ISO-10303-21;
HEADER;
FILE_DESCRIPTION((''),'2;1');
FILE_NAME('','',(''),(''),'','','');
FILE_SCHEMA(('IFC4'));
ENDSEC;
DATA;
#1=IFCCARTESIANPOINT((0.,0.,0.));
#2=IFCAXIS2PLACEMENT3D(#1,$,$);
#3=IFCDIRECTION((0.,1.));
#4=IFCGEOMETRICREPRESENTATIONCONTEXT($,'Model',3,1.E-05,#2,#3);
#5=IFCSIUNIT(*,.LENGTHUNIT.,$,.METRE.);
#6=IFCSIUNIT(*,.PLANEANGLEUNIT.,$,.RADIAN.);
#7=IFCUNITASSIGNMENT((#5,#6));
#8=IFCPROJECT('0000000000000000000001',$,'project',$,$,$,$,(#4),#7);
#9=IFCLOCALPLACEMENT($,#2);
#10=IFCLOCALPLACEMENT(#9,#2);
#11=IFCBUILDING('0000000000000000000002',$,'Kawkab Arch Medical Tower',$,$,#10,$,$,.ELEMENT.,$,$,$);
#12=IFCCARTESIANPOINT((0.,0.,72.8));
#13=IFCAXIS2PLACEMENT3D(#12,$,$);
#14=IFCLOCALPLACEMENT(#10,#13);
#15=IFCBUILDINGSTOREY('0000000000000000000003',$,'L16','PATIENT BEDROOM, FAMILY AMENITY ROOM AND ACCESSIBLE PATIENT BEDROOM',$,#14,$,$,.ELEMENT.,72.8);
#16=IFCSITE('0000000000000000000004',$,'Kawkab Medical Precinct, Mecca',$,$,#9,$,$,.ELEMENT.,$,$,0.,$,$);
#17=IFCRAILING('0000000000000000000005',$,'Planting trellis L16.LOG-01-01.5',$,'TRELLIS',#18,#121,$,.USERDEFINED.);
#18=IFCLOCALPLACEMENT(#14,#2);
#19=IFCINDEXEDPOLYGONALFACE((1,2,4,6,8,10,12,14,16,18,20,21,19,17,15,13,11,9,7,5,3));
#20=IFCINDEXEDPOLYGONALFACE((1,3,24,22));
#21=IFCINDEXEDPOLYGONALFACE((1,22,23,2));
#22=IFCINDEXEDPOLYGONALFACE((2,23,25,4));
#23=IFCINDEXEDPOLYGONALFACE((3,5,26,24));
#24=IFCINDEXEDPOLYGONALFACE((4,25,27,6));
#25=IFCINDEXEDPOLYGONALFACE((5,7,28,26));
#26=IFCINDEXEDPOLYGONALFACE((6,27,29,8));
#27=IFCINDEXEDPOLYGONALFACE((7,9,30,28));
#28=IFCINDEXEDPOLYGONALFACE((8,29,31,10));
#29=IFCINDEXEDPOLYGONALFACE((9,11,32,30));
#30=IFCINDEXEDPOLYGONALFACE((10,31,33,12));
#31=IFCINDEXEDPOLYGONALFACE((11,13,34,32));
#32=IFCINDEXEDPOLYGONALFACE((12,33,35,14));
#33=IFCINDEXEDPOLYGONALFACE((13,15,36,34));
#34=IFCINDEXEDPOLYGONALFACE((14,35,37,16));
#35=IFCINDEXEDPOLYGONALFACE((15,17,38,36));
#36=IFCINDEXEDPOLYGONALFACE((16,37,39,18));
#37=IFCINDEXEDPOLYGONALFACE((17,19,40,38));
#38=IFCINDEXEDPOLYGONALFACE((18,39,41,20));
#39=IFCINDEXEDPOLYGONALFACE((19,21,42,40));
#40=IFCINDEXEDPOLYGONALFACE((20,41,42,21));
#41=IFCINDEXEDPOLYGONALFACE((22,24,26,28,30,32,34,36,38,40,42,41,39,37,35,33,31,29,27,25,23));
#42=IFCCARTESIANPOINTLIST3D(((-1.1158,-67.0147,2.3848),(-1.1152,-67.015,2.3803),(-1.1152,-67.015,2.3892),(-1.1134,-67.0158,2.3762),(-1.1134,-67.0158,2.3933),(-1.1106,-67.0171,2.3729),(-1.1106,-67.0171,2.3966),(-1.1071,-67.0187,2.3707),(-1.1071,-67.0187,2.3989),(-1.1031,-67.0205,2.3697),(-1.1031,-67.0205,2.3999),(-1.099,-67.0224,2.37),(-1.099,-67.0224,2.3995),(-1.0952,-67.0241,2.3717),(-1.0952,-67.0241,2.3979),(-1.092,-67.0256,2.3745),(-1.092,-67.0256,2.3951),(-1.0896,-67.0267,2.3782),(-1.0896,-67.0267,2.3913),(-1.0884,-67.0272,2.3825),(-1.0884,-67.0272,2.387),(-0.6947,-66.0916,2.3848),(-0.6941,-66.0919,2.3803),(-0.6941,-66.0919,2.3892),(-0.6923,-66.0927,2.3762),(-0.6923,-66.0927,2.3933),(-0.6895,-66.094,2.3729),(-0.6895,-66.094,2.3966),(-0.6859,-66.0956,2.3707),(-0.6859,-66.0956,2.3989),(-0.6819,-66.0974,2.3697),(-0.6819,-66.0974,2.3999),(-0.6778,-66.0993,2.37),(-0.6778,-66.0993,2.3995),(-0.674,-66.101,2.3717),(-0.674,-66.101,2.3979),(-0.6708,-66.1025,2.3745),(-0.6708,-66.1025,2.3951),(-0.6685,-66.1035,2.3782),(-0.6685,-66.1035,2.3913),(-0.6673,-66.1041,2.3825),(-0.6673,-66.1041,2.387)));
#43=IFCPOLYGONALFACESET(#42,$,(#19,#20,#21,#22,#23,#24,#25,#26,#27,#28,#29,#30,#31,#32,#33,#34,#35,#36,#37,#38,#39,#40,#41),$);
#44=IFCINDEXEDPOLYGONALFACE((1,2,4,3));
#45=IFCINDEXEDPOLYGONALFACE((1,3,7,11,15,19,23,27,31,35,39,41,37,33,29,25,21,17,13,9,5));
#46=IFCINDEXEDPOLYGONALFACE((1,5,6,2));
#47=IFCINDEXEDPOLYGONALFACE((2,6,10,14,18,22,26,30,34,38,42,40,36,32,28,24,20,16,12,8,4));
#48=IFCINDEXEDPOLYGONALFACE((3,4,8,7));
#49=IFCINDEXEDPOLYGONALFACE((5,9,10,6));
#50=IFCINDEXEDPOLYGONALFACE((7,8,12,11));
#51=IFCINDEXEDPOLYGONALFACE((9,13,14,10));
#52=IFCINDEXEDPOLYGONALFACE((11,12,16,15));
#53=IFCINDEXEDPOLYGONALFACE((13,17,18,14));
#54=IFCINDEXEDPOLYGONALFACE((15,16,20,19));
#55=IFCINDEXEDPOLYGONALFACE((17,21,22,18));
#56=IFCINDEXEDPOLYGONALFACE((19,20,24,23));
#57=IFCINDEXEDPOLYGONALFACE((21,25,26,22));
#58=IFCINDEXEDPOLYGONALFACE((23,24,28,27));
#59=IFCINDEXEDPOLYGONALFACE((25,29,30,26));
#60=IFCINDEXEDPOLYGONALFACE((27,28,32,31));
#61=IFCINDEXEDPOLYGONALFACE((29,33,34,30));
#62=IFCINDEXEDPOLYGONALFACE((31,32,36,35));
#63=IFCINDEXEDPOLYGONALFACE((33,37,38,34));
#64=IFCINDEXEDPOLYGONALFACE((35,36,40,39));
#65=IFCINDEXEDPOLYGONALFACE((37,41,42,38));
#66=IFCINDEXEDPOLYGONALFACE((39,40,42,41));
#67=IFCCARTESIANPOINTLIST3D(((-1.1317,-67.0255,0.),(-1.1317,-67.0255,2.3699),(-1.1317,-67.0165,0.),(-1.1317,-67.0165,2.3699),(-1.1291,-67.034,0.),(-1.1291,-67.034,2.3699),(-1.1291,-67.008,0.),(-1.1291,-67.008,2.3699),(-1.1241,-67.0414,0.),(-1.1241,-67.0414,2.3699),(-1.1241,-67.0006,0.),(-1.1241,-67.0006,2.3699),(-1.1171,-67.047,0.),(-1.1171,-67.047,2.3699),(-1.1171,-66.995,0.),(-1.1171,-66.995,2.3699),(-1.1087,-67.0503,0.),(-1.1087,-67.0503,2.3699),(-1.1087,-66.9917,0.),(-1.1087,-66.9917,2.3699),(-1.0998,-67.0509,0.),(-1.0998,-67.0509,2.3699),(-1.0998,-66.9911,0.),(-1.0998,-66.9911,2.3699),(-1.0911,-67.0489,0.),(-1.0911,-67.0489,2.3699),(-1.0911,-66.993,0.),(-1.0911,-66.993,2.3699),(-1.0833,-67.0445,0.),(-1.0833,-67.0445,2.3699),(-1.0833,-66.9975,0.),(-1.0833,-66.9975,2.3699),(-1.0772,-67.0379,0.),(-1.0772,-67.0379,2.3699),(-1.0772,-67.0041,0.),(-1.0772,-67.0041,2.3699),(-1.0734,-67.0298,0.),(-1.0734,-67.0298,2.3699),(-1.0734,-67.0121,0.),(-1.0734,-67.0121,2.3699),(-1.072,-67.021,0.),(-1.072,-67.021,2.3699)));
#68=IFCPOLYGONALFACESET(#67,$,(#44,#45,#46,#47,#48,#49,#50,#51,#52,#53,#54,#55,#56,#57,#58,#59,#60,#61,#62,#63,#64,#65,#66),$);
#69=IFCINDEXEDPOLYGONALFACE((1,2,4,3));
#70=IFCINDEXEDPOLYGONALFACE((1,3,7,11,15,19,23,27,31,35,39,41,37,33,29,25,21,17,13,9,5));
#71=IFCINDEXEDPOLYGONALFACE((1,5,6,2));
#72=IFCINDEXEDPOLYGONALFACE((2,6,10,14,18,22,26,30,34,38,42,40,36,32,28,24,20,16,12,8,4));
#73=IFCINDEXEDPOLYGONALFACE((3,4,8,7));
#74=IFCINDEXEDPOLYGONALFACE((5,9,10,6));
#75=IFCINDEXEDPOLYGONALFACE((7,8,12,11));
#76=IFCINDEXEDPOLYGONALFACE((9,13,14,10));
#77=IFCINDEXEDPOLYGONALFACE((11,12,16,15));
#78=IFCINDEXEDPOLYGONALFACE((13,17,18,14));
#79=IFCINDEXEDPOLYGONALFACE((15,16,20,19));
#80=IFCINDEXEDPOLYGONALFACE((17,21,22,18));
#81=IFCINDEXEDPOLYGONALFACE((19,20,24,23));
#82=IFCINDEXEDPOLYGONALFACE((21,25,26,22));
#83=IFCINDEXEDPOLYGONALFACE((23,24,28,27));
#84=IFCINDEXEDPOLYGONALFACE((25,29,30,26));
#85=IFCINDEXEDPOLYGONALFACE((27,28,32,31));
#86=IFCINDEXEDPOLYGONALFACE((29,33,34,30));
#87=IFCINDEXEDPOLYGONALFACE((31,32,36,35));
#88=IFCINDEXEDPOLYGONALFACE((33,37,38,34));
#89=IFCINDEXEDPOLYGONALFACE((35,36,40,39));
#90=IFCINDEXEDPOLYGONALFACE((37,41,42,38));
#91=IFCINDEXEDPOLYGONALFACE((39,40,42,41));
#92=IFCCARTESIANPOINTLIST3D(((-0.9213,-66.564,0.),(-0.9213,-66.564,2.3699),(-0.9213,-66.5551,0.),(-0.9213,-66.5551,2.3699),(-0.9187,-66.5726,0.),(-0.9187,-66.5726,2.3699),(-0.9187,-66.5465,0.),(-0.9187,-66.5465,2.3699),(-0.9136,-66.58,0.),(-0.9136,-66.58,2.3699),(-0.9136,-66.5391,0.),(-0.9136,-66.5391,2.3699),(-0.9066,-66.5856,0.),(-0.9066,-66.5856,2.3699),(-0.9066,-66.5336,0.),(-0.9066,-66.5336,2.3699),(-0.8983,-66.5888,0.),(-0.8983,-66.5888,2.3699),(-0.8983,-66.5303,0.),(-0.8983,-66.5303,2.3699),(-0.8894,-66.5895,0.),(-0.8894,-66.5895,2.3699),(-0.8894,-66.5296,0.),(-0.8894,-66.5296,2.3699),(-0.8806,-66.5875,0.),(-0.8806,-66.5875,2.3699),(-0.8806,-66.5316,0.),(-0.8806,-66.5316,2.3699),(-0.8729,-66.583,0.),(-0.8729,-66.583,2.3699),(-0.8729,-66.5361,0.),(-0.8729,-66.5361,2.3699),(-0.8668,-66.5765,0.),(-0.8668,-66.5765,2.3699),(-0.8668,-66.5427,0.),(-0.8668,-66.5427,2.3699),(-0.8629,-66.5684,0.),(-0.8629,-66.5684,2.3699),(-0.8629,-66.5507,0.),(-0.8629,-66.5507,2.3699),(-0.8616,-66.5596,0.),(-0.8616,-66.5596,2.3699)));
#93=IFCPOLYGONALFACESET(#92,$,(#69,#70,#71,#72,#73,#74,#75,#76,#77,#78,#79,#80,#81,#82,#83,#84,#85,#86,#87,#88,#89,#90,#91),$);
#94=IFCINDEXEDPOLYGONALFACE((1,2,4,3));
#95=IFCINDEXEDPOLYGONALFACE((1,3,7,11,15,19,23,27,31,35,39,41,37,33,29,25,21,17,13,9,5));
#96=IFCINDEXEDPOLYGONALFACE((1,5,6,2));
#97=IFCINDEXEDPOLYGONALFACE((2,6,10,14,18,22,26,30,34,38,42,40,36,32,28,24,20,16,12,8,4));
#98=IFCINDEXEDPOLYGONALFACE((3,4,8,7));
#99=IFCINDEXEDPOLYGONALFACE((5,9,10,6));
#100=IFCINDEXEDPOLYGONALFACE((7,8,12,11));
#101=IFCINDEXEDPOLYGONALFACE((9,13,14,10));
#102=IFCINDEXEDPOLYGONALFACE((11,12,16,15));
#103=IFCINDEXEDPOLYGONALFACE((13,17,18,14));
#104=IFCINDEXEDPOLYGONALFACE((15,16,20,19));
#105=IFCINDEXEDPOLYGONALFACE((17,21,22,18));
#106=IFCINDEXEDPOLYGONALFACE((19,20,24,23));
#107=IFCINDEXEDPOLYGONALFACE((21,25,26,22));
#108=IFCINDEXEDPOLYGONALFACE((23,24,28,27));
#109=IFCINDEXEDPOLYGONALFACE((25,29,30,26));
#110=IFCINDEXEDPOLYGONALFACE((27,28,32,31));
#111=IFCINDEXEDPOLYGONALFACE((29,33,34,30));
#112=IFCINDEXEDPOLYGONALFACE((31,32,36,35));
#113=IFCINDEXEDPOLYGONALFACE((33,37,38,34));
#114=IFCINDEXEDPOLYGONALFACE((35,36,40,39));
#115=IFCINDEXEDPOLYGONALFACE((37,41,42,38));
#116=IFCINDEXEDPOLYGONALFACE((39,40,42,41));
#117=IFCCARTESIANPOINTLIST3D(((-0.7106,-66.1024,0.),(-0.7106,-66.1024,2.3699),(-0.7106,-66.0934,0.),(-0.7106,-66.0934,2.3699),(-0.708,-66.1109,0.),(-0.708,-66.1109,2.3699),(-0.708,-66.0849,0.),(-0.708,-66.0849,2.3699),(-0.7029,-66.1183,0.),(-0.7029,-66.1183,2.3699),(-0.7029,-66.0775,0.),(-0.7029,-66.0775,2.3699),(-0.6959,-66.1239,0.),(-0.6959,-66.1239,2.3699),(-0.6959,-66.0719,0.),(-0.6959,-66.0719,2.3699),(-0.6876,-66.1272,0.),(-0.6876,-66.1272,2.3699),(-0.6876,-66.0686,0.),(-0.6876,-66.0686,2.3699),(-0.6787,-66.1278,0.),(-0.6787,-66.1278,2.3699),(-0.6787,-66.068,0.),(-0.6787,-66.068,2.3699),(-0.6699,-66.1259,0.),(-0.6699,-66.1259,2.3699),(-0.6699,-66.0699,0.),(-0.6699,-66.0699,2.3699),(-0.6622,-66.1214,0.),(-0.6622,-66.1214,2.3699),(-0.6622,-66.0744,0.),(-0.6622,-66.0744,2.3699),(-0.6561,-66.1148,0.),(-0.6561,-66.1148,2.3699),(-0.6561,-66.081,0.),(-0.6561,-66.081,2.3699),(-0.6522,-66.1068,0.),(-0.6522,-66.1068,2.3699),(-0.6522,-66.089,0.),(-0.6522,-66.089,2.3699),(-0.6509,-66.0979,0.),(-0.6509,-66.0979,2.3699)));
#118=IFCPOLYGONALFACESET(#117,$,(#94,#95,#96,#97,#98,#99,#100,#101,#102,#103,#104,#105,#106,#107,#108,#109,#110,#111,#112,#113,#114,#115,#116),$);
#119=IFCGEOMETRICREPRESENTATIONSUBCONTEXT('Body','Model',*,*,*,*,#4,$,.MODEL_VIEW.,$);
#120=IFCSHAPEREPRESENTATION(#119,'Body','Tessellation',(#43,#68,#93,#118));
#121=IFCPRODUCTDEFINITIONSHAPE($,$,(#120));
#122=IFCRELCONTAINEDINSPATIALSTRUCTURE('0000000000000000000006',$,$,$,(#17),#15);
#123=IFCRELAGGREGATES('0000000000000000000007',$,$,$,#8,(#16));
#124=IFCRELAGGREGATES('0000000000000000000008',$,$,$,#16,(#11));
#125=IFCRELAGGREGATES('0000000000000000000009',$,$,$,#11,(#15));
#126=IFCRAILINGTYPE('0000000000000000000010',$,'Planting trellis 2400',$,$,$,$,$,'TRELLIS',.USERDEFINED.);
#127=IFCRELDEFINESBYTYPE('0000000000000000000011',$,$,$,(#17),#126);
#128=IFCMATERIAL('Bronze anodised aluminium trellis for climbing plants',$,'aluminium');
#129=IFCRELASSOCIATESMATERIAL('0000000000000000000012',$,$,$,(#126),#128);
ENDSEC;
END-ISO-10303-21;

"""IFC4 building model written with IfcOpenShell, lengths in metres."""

from ifc_helpers import new_model, si_unit, direction, frame, origin, origin_2d, place, context, subcontext, project, spatial, circle, extrude, material, type_object, element, save


model = new_model("IFC4")

# Units and contexts
model_context = context("Model", 3, precision=1e-05, world=origin(), true_north=direction((0.0, 1.0)))
body_context = subcontext(model_context, "Body", "Model", "MODEL_VIEW")
ifc_project = project(units=[si_unit("LENGTHUNIT", "METRE"), si_unit("PLANEANGLEUNIT", "RADIAN")], contexts=[model_context])

# Site, building, storey
site_placement = place(None, origin())
site = spatial("IfcSite", under=ifc_project, at=site_placement, Name="Kawkab Medical Precinct, Mecca", CompositionType="ELEMENT", RefElevation=0.0)
building_placement = place(site_placement, origin())
building = spatial("IfcBuilding", under=site, at=building_placement, Name="Kawkab Arch Medical Tower", CompositionType="ELEMENT")
storey_placement = place(building_placement, frame((0.0, 0.0, 72.8)))
storey = spatial("IfcBuildingStorey", under=building, at=storey_placement, Name="L16", Description="PATIENT BEDROOM, FAMILY AMENITY ROOM AND ACCESSIBLE PATIENT BEDROOM", CompositionType="ELEMENT", Elevation=72.8)

# Railing
ifc_material_1 = material(Name="Bronze anodised aluminium trellis for climbing plants", Category="aluminium")
railing_type = type_object("IfcRailingType", Name="Planting trellis 2400", ElementType="TRELLIS", PredefinedType="USERDEFINED", material=ifc_material_1)
railing_1_placement = place(storey_placement, frame((-1.1021, -67.021, 0.0)))
element("IfcRailing", 1, at=railing_1_placement, inside=storey, type_object=railing_type, Name="Planting trellis L16.LOG-01-01.5", ObjectType="TRELLIS", PredefinedType="USERDEFINED", context=body_context, shape_type="SweptSolid", body=[
    extrude(circle(Radius=0.0151, at=origin_2d()), frame((0.0, 0.0, 2.3848), z_axis=(0.415072, 0.909789, 0.0), x_axis=(-0.909789, 0.415072, 0.0)), (0.0, 0.0, 1.0), 1.0146),
    extrude(circle(Radius=0.03, at=origin_2d()), origin(), (0.0, 0.0, 1.0), 2.3699),
    extrude(circle(Radius=0.03, at=origin_2d()), frame((0.2104, 0.4614, 0.0)), (0.0, 0.0, 1.0), 2.3699),
    extrude(circle(Radius=0.03, at=origin_2d()), frame((0.4211, 0.9231, 0.0)), (0.0, 0.0, 1.0), 2.3699),
])

save(model, "model.ifc")
